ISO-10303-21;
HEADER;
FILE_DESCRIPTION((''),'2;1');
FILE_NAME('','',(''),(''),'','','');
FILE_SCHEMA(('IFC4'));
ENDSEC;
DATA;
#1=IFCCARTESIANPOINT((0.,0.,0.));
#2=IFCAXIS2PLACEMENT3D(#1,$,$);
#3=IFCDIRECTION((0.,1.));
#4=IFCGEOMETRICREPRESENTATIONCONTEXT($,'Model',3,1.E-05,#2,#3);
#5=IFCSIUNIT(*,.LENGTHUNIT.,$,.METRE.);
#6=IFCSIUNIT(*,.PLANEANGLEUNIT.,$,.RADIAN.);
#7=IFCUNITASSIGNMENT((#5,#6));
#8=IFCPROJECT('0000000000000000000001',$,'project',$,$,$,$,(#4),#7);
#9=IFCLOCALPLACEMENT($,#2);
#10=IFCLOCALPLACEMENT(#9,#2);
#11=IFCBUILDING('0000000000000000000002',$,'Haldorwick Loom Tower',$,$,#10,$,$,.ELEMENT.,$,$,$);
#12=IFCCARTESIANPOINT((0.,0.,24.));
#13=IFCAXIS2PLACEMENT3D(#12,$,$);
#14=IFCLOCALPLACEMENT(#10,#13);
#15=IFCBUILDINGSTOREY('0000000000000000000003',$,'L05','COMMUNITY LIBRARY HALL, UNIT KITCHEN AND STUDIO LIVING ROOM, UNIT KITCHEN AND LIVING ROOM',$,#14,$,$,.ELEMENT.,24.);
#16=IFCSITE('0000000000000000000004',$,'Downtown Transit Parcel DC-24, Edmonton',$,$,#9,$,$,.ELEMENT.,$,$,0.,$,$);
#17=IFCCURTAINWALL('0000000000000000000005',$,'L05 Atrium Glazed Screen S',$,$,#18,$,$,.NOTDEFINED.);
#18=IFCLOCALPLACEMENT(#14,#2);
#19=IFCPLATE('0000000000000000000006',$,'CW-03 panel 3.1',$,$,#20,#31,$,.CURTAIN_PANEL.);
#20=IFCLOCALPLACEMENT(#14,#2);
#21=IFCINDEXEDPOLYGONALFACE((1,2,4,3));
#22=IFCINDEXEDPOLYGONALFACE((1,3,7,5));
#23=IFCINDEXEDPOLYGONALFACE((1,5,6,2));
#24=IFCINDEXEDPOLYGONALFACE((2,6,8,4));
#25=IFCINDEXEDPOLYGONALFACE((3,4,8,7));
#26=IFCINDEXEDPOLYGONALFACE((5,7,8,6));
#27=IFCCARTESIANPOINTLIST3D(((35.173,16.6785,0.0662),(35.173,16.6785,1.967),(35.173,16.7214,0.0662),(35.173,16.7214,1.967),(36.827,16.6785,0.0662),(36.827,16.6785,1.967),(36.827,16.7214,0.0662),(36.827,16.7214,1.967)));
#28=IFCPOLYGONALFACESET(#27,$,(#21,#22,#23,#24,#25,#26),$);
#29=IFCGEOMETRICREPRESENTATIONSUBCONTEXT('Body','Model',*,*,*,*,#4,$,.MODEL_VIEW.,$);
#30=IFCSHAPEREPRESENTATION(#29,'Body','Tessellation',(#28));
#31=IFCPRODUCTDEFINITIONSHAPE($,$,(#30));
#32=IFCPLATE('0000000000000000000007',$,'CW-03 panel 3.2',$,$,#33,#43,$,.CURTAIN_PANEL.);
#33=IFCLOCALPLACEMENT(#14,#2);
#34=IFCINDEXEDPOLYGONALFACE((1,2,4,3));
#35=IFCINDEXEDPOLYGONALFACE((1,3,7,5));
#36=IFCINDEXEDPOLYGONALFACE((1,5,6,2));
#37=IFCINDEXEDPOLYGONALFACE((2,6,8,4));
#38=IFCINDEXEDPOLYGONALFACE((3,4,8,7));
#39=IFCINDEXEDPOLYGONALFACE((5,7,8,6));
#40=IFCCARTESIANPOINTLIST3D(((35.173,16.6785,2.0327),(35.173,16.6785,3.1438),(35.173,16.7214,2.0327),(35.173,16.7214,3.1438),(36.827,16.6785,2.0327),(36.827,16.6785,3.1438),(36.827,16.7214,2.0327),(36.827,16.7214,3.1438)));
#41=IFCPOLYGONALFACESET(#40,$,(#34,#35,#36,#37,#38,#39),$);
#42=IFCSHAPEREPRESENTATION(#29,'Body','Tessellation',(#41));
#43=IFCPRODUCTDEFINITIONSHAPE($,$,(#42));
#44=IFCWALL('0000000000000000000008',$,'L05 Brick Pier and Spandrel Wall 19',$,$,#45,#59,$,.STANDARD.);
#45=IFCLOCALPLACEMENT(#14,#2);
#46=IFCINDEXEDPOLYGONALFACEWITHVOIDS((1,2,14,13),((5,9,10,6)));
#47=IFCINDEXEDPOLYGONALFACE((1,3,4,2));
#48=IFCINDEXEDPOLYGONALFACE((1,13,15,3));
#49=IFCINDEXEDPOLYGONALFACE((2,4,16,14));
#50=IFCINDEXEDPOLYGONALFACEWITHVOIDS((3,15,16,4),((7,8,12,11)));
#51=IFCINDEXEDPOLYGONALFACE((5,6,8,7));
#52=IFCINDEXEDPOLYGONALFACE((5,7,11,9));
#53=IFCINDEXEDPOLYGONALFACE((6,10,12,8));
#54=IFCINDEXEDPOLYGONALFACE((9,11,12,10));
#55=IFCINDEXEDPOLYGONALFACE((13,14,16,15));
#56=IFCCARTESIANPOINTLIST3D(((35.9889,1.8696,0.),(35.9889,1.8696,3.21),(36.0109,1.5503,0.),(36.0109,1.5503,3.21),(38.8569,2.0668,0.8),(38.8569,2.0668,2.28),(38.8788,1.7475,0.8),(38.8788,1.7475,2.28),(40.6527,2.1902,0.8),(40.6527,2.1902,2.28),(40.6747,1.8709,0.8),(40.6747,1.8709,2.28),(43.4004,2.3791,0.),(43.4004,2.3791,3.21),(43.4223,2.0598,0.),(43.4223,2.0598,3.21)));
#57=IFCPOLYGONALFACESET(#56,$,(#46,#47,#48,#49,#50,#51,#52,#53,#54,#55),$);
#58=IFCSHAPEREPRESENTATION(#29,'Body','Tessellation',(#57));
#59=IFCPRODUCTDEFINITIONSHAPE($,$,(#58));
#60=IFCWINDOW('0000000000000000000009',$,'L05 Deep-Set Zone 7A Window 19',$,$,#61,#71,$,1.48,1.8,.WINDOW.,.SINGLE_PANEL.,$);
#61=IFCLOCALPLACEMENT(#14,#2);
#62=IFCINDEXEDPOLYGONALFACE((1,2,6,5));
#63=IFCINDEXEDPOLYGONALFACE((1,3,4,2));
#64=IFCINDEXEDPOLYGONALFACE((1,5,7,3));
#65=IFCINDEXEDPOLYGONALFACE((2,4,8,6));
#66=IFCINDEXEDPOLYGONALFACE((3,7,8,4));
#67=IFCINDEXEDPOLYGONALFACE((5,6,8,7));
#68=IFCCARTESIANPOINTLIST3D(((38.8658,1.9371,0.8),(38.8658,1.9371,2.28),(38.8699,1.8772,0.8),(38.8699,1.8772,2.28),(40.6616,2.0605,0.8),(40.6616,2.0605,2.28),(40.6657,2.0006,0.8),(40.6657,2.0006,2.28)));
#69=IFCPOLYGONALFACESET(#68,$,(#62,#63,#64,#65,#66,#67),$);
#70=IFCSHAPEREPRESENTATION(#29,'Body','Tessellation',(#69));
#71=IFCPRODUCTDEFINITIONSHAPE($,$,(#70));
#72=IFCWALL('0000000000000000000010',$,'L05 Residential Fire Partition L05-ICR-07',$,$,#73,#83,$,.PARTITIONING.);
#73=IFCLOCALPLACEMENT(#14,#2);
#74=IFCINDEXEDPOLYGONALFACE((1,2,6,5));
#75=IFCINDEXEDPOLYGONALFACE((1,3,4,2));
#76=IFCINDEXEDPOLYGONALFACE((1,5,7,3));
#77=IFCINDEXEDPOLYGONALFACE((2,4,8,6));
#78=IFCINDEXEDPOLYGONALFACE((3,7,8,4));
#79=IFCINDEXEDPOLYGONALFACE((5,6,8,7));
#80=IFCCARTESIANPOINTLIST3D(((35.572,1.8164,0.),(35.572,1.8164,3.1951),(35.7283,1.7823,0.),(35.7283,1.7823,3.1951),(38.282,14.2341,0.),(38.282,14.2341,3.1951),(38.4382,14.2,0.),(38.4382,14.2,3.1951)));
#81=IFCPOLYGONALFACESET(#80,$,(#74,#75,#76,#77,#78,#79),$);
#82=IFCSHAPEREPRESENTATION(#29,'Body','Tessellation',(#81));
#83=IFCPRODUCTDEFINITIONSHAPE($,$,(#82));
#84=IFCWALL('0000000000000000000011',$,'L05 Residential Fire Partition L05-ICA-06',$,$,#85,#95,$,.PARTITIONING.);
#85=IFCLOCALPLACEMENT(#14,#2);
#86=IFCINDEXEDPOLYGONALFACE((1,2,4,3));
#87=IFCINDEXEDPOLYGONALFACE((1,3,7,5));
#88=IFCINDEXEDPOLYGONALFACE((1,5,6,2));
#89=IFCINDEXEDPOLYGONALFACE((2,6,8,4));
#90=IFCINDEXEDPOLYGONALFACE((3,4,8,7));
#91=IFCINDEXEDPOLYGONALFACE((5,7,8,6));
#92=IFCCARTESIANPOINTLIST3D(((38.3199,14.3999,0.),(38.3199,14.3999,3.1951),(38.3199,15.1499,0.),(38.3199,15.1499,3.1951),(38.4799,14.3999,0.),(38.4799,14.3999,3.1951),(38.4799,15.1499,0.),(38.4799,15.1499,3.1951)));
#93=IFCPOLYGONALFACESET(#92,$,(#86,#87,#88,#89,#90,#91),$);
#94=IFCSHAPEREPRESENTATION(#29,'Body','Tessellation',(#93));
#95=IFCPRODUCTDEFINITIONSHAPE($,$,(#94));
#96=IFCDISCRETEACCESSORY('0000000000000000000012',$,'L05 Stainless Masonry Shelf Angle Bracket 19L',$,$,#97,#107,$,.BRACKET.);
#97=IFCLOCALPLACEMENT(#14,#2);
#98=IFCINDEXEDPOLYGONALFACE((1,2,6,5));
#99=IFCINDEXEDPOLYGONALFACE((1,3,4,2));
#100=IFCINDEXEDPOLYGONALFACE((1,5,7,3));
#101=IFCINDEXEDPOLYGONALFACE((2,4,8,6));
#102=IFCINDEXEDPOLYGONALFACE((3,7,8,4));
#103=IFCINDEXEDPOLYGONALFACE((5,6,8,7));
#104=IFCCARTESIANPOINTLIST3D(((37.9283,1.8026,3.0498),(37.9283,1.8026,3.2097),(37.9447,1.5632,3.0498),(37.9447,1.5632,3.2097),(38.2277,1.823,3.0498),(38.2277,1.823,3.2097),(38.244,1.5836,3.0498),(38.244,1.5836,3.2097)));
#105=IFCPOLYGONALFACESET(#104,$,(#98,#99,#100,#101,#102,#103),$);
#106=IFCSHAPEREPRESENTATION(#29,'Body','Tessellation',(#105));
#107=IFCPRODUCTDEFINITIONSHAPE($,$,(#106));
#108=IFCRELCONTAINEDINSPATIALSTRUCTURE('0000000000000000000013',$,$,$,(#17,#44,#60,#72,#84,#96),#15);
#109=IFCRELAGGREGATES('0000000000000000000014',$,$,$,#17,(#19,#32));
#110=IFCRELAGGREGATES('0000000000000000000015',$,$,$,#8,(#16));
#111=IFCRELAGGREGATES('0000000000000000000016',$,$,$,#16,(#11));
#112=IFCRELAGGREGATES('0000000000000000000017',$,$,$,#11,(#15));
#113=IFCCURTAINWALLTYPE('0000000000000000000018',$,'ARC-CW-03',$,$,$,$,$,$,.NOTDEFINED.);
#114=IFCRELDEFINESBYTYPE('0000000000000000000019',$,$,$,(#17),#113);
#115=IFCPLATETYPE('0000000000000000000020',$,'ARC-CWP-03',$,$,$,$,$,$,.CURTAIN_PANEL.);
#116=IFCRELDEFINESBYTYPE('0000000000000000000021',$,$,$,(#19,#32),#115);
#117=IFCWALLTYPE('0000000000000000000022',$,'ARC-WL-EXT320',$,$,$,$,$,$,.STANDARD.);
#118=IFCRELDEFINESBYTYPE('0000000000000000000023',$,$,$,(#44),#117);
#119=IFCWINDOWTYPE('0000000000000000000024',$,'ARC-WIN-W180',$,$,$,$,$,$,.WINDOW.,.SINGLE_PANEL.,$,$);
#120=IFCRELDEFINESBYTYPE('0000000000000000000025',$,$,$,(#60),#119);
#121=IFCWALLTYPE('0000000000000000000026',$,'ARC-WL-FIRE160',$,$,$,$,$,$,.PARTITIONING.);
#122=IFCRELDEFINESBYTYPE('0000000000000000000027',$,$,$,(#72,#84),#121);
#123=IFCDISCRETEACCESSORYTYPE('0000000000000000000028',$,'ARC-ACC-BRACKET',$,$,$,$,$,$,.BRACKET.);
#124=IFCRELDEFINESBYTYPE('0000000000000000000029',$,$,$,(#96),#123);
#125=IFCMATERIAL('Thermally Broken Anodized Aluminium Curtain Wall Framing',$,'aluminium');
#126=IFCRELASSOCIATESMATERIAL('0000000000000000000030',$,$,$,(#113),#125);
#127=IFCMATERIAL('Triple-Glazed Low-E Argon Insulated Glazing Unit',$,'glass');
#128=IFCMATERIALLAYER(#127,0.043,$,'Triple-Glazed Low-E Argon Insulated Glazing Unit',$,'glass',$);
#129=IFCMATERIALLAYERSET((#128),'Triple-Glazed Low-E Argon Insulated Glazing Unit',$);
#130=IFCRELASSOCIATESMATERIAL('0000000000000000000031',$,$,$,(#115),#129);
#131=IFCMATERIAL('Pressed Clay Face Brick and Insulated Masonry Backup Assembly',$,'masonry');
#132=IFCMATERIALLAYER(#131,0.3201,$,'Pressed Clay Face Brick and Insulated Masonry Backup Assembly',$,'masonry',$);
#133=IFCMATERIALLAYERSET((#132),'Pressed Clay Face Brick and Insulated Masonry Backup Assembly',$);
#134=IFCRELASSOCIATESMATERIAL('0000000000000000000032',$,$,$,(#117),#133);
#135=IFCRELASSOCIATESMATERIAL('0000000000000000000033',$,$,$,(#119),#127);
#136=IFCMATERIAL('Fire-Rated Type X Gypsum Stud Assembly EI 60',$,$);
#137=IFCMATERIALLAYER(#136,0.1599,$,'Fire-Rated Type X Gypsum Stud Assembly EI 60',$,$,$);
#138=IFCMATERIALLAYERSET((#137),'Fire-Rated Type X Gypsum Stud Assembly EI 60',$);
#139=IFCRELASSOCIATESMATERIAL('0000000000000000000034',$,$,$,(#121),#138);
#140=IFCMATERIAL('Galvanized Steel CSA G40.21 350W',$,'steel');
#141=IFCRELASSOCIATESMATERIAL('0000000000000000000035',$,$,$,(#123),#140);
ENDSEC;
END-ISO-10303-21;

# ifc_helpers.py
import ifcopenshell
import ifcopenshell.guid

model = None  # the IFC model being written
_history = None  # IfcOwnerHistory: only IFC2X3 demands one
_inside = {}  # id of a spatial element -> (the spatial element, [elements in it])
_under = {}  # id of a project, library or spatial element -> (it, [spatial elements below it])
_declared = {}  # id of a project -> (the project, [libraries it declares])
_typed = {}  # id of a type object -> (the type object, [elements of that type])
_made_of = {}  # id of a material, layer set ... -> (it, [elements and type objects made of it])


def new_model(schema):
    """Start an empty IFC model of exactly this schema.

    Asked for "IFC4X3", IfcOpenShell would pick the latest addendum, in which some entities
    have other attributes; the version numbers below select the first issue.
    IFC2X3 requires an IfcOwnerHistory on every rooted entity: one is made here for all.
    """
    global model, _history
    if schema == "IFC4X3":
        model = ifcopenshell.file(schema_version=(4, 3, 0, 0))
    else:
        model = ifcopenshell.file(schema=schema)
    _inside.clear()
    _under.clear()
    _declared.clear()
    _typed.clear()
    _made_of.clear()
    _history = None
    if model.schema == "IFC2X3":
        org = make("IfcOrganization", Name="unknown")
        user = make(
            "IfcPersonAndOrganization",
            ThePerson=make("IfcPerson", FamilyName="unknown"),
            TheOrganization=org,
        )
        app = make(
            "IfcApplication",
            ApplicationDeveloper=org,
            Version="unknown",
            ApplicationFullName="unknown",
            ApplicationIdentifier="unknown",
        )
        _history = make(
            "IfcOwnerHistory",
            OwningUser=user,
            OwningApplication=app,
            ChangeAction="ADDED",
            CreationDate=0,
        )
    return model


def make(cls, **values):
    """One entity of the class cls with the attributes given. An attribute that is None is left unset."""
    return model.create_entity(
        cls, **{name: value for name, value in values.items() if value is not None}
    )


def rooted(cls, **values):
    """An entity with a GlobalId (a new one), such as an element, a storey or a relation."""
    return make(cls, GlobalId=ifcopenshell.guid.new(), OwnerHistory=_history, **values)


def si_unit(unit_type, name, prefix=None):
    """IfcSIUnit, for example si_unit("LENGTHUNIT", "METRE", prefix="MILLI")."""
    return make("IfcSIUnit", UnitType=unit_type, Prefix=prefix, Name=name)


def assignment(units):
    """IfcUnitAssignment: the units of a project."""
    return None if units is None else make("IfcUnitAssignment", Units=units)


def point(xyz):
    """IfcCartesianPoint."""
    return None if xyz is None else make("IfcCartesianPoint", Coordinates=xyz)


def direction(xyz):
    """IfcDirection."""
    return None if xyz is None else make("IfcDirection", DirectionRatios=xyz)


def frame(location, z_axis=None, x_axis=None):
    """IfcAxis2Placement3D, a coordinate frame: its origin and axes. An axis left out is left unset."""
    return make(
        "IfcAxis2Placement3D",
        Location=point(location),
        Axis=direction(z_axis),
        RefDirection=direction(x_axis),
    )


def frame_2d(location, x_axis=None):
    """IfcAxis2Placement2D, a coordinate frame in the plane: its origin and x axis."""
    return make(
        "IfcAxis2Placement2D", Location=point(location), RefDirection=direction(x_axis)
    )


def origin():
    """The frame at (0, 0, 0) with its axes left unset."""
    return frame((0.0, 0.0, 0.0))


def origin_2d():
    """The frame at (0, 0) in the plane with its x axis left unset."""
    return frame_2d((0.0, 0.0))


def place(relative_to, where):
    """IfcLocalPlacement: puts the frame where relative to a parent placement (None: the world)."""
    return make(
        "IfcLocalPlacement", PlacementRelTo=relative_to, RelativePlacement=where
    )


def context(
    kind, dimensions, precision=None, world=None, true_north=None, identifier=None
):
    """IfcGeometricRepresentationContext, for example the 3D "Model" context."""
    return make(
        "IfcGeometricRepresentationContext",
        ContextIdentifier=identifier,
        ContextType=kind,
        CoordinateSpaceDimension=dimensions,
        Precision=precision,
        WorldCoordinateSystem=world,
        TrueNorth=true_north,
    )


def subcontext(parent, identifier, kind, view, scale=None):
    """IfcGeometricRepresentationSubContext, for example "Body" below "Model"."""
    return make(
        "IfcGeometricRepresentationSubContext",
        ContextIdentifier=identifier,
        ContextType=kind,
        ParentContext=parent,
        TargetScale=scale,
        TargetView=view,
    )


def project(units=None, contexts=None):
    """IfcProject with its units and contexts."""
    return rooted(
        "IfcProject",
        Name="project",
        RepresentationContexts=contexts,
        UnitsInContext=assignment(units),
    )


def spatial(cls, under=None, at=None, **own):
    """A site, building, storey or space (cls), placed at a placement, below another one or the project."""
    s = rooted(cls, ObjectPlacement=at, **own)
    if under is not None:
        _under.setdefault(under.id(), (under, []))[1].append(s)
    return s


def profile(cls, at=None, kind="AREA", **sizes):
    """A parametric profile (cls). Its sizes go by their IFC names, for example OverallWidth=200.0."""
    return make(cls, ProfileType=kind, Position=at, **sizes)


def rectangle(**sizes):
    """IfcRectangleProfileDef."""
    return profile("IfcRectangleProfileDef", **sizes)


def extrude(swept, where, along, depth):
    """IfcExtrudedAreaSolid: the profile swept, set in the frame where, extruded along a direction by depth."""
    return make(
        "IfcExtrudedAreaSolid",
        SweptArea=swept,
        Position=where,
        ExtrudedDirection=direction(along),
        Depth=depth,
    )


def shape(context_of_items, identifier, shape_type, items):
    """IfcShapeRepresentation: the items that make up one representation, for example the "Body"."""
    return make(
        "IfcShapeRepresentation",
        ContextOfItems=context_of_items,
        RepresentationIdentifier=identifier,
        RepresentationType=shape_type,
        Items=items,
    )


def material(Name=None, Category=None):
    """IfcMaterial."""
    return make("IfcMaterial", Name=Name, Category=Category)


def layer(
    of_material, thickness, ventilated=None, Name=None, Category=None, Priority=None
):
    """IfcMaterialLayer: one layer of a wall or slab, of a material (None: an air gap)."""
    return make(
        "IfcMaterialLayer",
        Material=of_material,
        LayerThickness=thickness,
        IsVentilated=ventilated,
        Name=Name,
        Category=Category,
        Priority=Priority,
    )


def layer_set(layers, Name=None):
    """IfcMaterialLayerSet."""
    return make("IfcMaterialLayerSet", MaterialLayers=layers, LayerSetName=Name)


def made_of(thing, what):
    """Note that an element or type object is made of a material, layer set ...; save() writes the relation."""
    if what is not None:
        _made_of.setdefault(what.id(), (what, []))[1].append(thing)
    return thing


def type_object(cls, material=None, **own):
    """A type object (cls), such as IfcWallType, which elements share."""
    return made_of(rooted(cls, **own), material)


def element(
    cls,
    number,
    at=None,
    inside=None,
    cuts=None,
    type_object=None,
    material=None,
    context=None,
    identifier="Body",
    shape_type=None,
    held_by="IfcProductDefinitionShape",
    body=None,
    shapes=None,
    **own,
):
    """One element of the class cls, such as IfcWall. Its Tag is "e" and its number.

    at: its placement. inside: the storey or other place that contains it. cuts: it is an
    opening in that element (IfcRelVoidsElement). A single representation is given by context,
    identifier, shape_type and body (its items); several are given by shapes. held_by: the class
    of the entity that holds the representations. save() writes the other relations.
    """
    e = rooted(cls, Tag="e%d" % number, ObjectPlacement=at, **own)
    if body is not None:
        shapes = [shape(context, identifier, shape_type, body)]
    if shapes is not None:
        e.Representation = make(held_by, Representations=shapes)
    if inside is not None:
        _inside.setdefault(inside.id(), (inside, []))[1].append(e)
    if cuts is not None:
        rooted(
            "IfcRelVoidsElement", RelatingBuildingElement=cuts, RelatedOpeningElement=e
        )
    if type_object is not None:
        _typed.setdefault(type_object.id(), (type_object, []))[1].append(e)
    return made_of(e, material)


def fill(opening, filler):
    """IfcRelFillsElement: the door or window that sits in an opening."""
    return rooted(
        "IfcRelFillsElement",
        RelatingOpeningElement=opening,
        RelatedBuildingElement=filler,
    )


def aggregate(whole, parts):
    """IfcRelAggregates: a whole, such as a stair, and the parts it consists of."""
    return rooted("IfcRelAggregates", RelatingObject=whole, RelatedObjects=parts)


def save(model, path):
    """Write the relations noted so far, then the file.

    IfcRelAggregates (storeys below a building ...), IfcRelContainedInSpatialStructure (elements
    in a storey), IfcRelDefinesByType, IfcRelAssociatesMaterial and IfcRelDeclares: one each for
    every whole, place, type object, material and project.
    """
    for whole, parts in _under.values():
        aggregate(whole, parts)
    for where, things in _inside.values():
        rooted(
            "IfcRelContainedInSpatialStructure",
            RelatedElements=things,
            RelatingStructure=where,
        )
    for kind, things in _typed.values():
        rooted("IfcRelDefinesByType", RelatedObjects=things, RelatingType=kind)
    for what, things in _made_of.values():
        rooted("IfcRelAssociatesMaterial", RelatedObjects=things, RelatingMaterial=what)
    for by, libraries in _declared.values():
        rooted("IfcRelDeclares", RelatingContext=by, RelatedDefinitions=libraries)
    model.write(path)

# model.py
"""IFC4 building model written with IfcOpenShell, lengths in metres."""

from ifc_helpers import new_model, si_unit, direction, frame, frame_2d, origin, origin_2d, place, context, subcontext, project, spatial, rectangle, extrude, material, layer, layer_set, type_object, element, fill, aggregate, save


model = new_model("IFC4")

# Units and contexts
model_context = context("Model", 3, precision=1e-05, world=origin(), true_north=direction((0.0, 1.0)))
body_context = subcontext(model_context, "Body", "Model", "MODEL_VIEW")
ifc_project = project(units=[si_unit("LENGTHUNIT", "METRE"), si_unit("PLANEANGLEUNIT", "RADIAN")], contexts=[model_context])

# Site, building, storey
site_placement = place(None, origin())
site = spatial("IfcSite", under=ifc_project, at=site_placement, Name="Downtown Transit Parcel DC-24, Edmonton", CompositionType="ELEMENT", RefElevation=0.0)
building_placement = place(site_placement, origin())
building = spatial("IfcBuilding", under=site, at=building_placement, Name="Haldorwick Loom Tower", CompositionType="ELEMENT")
storey_placement = place(building_placement, frame((0.0, 0.0, 24.0)))
storey = spatial("IfcBuildingStorey", under=building, at=storey_placement, Name="L05", Description="COMMUNITY LIBRARY HALL, UNIT KITCHEN AND STUDIO LIVING ROOM, UNIT KITCHEN AND LIVING ROOM", CompositionType="ELEMENT", Elevation=24.0)

# Curtain wall
ifc_material_1 = material(Name="Thermally Broken Anodized Aluminium Curtain Wall Framing", Category="aluminium")
curtain_wall_type = type_object("IfcCurtainWallType", Name="ARC-CW-03", PredefinedType="NOTDEFINED", material=ifc_material_1)
curtain_wall_placement = place(storey_placement, origin())
curtain_wall = element("IfcCurtainWall", 1, at=curtain_wall_placement, inside=storey, type_object=curtain_wall_type, Name="L05 Atrium Glazed Screen S", PredefinedType="NOTDEFINED")

# Plates
ifc_material_2 = material(Name="Triple-Glazed Low-E Argon Insulated Glazing Unit", Category="glass")
ifc_layer_1 = layer(ifc_material_2, 0.043, Name="Triple-Glazed Low-E Argon Insulated Glazing Unit", Category="glass")
ifc_layer_set_1 = layer_set([ifc_layer_1], Name="Triple-Glazed Low-E Argon Insulated Glazing Unit")
plate_type = type_object("IfcPlateType", Name="ARC-CWP-03", PredefinedType="CURTAIN_PANEL", material=ifc_layer_set_1)
plate_1_placement = place(storey_placement, frame((36.0, 16.7, 0.0662), z_axis=(0.0, 0.0, 1.0), x_axis=(-1.0, 0.0, 0.0)))
plate_1 = element("IfcPlate", 2, at=plate_1_placement, type_object=plate_type, Name="CW-03 panel 3.1", PredefinedType="CURTAIN_PANEL", context=body_context, shape_type="SweptSolid", body=[
    extrude(rectangle(XDim=1.6541, YDim=0.043, at=origin_2d()), origin(), (0.0, 0.0, 1.0), 1.9009),
])
plate_2_placement = place(storey_placement, frame((36.0, 16.7, 2.0327), z_axis=(0.0, 0.0, 1.0), x_axis=(-1.0, 0.0, 0.0)))
plate_2 = element("IfcPlate", 3, at=plate_2_placement, type_object=plate_type, Name="CW-03 panel 3.2", PredefinedType="CURTAIN_PANEL", context=body_context, shape_type="SweptSolid", body=[
    extrude(rectangle(XDim=1.6541, YDim=0.043, at=origin_2d()), origin(), (0.0, 0.0, 1.0), 1.1111),
])
aggregate(curtain_wall, [plate_1, plate_2])

# Wall, opening, window
ifc_material_3 = material(Name="Pressed Clay Face Brick and Insulated Masonry Backup Assembly", Category="masonry")
ifc_layer_2 = layer(ifc_material_3, 0.3201, Name="Pressed Clay Face Brick and Insulated Masonry Backup Assembly", Category="masonry")
ifc_layer_set_2 = layer_set([ifc_layer_2], Name="Pressed Clay Face Brick and Insulated Masonry Backup Assembly")
wall_type_1 = type_object("IfcWallType", Name="ARC-WL-EXT320", PredefinedType="STANDARD", material=ifc_layer_set_2)
wall_1_placement = place(storey_placement, frame((36.0, 1.71, 0.0), z_axis=(0.0, 0.0, 1.0), x_axis=(0.997645, 0.068587, 0.0)))
wall_1 = element("IfcWall", 4, at=wall_1_placement, inside=storey, type_object=wall_type_1, Name="L05 Brick Pier and Spandrel Wall 19", PredefinedType="STANDARD", context=body_context, shape_type="SweptSolid", body=[
    extrude(rectangle(XDim=7.429, YDim=0.3201, at=frame_2d((3.7144, 0.0))), origin(), (0.0, 0.0, 1.0), 3.21),
])
opening_placement = place(wall_1_placement, frame((2.8748, 0.0, 0.8)))
opening = element("IfcOpeningElement", 5, at=opening_placement, cuts=wall_1, PredefinedType="OPENING", context=body_context, shape_type="SweptSolid", body=[
    extrude(rectangle(XDim=1.8, YDim=1.48, at=frame_2d((0.8999, 0.74))), frame((0.0, 0.1699, 0.0), z_axis=(0.0, -1.0, 0.0), x_axis=(1.0, 0.0, 0.0)), (0.0, 0.0, 1.0), 0.3401),
])
window_type = type_object("IfcWindowType", Name="ARC-WIN-W180", PartitioningType="SINGLE_PANEL", PredefinedType="WINDOW", material=ifc_material_2)
window_placement = place(opening_placement, origin())
window = element("IfcWindow", 6, at=window_placement, inside=storey, type_object=window_type, Name="L05 Deep-Set Zone 7A Window 19", OverallHeight=1.48, OverallWidth=1.8, PartitioningType="SINGLE_PANEL", PredefinedType="WINDOW", context=body_context, shape_type="SweptSolid", body=[
    extrude(rectangle(XDim=1.8, YDim=1.48, at=frame_2d((0.8999, 0.74))), frame((0.0, 0.03, 0.0), z_axis=(0.0, -1.0, 0.0), x_axis=(1.0, 0.0, 0.0)), (0.0, 0.0, 1.0), 0.0601),
])
fill(opening, window)

# Walls
ifc_material_4 = material(Name="Fire-Rated Type X Gypsum Stud Assembly EI 60")
ifc_layer_3 = layer(ifc_material_4, 0.1599, Name="Fire-Rated Type X Gypsum Stud Assembly EI 60")
ifc_layer_set_3 = layer_set([ifc_layer_3], Name="Fire-Rated Type X Gypsum Stud Assembly EI 60")
wall_type_2 = type_object("IfcWallType", Name="ARC-WL-FIRE160", PredefinedType="PARTITIONING", material=ifc_layer_set_3)
wall_2_placement = place(storey_placement, frame((38.3601, 14.217, 0.0), z_axis=(0.0, 0.0, 1.0), x_axis=(-0.213215, -0.977005, 0.0)))
element("IfcWall", 7, at=wall_2_placement, inside=storey, type_object=wall_type_2, Name="L05 Residential Fire Partition L05-ICR-07", PredefinedType="PARTITIONING", context=body_context, shape_type="SweptSolid", body=[
    extrude(rectangle(XDim=12.71, YDim=0.1599, at=frame_2d((6.355, 0.0))), origin(), (0.0, 0.0, 1.0), 3.1951),
])
wall_3_placement = place(storey_placement, frame((38.3999, 15.1499, 0.0), z_axis=(0.0, 0.0, 1.0), x_axis=(0.0, -1.0, 0.0)))
element("IfcWall", 8, at=wall_3_placement, inside=storey, type_object=wall_type_2, Name="L05 Residential Fire Partition L05-ICA-06", PredefinedType="PARTITIONING", context=body_context, shape_type="SweptSolid", body=[
    extrude(rectangle(XDim=0.75, YDim=0.1599, at=frame_2d((0.375, 0.0))), origin(), (0.0, 0.0, 1.0), 3.1951),
])

# Discrete accessory
ifc_material_5 = material(Name="Galvanized Steel CSA G40.21 350W", Category="steel")
discrete_accessory_type = type_object("IfcDiscreteAccessoryType", Name="ARC-ACC-BRACKET", PredefinedType="BRACKET", material=ifc_material_5)
discrete_accessory_placement = place(storey_placement, frame((38.0862, 1.6931, 3.0498), z_axis=(0.0, 0.0, 1.0), x_axis=(0.997684, 0.068015, 0.0)))
element("IfcDiscreteAccessory", 9, at=discrete_accessory_placement, inside=storey, type_object=discrete_accessory_type, Name="L05 Stainless Masonry Shelf Angle Bracket 19L", PredefinedType="BRACKET", context=body_context, shape_type="SweptSolid", body=[
    extrude(rectangle(XDim=0.3, YDim=0.24, at=origin_2d()), origin(), (0.0, 0.0, 1.0), 0.1599),
])

save(model, "model.ifc")
